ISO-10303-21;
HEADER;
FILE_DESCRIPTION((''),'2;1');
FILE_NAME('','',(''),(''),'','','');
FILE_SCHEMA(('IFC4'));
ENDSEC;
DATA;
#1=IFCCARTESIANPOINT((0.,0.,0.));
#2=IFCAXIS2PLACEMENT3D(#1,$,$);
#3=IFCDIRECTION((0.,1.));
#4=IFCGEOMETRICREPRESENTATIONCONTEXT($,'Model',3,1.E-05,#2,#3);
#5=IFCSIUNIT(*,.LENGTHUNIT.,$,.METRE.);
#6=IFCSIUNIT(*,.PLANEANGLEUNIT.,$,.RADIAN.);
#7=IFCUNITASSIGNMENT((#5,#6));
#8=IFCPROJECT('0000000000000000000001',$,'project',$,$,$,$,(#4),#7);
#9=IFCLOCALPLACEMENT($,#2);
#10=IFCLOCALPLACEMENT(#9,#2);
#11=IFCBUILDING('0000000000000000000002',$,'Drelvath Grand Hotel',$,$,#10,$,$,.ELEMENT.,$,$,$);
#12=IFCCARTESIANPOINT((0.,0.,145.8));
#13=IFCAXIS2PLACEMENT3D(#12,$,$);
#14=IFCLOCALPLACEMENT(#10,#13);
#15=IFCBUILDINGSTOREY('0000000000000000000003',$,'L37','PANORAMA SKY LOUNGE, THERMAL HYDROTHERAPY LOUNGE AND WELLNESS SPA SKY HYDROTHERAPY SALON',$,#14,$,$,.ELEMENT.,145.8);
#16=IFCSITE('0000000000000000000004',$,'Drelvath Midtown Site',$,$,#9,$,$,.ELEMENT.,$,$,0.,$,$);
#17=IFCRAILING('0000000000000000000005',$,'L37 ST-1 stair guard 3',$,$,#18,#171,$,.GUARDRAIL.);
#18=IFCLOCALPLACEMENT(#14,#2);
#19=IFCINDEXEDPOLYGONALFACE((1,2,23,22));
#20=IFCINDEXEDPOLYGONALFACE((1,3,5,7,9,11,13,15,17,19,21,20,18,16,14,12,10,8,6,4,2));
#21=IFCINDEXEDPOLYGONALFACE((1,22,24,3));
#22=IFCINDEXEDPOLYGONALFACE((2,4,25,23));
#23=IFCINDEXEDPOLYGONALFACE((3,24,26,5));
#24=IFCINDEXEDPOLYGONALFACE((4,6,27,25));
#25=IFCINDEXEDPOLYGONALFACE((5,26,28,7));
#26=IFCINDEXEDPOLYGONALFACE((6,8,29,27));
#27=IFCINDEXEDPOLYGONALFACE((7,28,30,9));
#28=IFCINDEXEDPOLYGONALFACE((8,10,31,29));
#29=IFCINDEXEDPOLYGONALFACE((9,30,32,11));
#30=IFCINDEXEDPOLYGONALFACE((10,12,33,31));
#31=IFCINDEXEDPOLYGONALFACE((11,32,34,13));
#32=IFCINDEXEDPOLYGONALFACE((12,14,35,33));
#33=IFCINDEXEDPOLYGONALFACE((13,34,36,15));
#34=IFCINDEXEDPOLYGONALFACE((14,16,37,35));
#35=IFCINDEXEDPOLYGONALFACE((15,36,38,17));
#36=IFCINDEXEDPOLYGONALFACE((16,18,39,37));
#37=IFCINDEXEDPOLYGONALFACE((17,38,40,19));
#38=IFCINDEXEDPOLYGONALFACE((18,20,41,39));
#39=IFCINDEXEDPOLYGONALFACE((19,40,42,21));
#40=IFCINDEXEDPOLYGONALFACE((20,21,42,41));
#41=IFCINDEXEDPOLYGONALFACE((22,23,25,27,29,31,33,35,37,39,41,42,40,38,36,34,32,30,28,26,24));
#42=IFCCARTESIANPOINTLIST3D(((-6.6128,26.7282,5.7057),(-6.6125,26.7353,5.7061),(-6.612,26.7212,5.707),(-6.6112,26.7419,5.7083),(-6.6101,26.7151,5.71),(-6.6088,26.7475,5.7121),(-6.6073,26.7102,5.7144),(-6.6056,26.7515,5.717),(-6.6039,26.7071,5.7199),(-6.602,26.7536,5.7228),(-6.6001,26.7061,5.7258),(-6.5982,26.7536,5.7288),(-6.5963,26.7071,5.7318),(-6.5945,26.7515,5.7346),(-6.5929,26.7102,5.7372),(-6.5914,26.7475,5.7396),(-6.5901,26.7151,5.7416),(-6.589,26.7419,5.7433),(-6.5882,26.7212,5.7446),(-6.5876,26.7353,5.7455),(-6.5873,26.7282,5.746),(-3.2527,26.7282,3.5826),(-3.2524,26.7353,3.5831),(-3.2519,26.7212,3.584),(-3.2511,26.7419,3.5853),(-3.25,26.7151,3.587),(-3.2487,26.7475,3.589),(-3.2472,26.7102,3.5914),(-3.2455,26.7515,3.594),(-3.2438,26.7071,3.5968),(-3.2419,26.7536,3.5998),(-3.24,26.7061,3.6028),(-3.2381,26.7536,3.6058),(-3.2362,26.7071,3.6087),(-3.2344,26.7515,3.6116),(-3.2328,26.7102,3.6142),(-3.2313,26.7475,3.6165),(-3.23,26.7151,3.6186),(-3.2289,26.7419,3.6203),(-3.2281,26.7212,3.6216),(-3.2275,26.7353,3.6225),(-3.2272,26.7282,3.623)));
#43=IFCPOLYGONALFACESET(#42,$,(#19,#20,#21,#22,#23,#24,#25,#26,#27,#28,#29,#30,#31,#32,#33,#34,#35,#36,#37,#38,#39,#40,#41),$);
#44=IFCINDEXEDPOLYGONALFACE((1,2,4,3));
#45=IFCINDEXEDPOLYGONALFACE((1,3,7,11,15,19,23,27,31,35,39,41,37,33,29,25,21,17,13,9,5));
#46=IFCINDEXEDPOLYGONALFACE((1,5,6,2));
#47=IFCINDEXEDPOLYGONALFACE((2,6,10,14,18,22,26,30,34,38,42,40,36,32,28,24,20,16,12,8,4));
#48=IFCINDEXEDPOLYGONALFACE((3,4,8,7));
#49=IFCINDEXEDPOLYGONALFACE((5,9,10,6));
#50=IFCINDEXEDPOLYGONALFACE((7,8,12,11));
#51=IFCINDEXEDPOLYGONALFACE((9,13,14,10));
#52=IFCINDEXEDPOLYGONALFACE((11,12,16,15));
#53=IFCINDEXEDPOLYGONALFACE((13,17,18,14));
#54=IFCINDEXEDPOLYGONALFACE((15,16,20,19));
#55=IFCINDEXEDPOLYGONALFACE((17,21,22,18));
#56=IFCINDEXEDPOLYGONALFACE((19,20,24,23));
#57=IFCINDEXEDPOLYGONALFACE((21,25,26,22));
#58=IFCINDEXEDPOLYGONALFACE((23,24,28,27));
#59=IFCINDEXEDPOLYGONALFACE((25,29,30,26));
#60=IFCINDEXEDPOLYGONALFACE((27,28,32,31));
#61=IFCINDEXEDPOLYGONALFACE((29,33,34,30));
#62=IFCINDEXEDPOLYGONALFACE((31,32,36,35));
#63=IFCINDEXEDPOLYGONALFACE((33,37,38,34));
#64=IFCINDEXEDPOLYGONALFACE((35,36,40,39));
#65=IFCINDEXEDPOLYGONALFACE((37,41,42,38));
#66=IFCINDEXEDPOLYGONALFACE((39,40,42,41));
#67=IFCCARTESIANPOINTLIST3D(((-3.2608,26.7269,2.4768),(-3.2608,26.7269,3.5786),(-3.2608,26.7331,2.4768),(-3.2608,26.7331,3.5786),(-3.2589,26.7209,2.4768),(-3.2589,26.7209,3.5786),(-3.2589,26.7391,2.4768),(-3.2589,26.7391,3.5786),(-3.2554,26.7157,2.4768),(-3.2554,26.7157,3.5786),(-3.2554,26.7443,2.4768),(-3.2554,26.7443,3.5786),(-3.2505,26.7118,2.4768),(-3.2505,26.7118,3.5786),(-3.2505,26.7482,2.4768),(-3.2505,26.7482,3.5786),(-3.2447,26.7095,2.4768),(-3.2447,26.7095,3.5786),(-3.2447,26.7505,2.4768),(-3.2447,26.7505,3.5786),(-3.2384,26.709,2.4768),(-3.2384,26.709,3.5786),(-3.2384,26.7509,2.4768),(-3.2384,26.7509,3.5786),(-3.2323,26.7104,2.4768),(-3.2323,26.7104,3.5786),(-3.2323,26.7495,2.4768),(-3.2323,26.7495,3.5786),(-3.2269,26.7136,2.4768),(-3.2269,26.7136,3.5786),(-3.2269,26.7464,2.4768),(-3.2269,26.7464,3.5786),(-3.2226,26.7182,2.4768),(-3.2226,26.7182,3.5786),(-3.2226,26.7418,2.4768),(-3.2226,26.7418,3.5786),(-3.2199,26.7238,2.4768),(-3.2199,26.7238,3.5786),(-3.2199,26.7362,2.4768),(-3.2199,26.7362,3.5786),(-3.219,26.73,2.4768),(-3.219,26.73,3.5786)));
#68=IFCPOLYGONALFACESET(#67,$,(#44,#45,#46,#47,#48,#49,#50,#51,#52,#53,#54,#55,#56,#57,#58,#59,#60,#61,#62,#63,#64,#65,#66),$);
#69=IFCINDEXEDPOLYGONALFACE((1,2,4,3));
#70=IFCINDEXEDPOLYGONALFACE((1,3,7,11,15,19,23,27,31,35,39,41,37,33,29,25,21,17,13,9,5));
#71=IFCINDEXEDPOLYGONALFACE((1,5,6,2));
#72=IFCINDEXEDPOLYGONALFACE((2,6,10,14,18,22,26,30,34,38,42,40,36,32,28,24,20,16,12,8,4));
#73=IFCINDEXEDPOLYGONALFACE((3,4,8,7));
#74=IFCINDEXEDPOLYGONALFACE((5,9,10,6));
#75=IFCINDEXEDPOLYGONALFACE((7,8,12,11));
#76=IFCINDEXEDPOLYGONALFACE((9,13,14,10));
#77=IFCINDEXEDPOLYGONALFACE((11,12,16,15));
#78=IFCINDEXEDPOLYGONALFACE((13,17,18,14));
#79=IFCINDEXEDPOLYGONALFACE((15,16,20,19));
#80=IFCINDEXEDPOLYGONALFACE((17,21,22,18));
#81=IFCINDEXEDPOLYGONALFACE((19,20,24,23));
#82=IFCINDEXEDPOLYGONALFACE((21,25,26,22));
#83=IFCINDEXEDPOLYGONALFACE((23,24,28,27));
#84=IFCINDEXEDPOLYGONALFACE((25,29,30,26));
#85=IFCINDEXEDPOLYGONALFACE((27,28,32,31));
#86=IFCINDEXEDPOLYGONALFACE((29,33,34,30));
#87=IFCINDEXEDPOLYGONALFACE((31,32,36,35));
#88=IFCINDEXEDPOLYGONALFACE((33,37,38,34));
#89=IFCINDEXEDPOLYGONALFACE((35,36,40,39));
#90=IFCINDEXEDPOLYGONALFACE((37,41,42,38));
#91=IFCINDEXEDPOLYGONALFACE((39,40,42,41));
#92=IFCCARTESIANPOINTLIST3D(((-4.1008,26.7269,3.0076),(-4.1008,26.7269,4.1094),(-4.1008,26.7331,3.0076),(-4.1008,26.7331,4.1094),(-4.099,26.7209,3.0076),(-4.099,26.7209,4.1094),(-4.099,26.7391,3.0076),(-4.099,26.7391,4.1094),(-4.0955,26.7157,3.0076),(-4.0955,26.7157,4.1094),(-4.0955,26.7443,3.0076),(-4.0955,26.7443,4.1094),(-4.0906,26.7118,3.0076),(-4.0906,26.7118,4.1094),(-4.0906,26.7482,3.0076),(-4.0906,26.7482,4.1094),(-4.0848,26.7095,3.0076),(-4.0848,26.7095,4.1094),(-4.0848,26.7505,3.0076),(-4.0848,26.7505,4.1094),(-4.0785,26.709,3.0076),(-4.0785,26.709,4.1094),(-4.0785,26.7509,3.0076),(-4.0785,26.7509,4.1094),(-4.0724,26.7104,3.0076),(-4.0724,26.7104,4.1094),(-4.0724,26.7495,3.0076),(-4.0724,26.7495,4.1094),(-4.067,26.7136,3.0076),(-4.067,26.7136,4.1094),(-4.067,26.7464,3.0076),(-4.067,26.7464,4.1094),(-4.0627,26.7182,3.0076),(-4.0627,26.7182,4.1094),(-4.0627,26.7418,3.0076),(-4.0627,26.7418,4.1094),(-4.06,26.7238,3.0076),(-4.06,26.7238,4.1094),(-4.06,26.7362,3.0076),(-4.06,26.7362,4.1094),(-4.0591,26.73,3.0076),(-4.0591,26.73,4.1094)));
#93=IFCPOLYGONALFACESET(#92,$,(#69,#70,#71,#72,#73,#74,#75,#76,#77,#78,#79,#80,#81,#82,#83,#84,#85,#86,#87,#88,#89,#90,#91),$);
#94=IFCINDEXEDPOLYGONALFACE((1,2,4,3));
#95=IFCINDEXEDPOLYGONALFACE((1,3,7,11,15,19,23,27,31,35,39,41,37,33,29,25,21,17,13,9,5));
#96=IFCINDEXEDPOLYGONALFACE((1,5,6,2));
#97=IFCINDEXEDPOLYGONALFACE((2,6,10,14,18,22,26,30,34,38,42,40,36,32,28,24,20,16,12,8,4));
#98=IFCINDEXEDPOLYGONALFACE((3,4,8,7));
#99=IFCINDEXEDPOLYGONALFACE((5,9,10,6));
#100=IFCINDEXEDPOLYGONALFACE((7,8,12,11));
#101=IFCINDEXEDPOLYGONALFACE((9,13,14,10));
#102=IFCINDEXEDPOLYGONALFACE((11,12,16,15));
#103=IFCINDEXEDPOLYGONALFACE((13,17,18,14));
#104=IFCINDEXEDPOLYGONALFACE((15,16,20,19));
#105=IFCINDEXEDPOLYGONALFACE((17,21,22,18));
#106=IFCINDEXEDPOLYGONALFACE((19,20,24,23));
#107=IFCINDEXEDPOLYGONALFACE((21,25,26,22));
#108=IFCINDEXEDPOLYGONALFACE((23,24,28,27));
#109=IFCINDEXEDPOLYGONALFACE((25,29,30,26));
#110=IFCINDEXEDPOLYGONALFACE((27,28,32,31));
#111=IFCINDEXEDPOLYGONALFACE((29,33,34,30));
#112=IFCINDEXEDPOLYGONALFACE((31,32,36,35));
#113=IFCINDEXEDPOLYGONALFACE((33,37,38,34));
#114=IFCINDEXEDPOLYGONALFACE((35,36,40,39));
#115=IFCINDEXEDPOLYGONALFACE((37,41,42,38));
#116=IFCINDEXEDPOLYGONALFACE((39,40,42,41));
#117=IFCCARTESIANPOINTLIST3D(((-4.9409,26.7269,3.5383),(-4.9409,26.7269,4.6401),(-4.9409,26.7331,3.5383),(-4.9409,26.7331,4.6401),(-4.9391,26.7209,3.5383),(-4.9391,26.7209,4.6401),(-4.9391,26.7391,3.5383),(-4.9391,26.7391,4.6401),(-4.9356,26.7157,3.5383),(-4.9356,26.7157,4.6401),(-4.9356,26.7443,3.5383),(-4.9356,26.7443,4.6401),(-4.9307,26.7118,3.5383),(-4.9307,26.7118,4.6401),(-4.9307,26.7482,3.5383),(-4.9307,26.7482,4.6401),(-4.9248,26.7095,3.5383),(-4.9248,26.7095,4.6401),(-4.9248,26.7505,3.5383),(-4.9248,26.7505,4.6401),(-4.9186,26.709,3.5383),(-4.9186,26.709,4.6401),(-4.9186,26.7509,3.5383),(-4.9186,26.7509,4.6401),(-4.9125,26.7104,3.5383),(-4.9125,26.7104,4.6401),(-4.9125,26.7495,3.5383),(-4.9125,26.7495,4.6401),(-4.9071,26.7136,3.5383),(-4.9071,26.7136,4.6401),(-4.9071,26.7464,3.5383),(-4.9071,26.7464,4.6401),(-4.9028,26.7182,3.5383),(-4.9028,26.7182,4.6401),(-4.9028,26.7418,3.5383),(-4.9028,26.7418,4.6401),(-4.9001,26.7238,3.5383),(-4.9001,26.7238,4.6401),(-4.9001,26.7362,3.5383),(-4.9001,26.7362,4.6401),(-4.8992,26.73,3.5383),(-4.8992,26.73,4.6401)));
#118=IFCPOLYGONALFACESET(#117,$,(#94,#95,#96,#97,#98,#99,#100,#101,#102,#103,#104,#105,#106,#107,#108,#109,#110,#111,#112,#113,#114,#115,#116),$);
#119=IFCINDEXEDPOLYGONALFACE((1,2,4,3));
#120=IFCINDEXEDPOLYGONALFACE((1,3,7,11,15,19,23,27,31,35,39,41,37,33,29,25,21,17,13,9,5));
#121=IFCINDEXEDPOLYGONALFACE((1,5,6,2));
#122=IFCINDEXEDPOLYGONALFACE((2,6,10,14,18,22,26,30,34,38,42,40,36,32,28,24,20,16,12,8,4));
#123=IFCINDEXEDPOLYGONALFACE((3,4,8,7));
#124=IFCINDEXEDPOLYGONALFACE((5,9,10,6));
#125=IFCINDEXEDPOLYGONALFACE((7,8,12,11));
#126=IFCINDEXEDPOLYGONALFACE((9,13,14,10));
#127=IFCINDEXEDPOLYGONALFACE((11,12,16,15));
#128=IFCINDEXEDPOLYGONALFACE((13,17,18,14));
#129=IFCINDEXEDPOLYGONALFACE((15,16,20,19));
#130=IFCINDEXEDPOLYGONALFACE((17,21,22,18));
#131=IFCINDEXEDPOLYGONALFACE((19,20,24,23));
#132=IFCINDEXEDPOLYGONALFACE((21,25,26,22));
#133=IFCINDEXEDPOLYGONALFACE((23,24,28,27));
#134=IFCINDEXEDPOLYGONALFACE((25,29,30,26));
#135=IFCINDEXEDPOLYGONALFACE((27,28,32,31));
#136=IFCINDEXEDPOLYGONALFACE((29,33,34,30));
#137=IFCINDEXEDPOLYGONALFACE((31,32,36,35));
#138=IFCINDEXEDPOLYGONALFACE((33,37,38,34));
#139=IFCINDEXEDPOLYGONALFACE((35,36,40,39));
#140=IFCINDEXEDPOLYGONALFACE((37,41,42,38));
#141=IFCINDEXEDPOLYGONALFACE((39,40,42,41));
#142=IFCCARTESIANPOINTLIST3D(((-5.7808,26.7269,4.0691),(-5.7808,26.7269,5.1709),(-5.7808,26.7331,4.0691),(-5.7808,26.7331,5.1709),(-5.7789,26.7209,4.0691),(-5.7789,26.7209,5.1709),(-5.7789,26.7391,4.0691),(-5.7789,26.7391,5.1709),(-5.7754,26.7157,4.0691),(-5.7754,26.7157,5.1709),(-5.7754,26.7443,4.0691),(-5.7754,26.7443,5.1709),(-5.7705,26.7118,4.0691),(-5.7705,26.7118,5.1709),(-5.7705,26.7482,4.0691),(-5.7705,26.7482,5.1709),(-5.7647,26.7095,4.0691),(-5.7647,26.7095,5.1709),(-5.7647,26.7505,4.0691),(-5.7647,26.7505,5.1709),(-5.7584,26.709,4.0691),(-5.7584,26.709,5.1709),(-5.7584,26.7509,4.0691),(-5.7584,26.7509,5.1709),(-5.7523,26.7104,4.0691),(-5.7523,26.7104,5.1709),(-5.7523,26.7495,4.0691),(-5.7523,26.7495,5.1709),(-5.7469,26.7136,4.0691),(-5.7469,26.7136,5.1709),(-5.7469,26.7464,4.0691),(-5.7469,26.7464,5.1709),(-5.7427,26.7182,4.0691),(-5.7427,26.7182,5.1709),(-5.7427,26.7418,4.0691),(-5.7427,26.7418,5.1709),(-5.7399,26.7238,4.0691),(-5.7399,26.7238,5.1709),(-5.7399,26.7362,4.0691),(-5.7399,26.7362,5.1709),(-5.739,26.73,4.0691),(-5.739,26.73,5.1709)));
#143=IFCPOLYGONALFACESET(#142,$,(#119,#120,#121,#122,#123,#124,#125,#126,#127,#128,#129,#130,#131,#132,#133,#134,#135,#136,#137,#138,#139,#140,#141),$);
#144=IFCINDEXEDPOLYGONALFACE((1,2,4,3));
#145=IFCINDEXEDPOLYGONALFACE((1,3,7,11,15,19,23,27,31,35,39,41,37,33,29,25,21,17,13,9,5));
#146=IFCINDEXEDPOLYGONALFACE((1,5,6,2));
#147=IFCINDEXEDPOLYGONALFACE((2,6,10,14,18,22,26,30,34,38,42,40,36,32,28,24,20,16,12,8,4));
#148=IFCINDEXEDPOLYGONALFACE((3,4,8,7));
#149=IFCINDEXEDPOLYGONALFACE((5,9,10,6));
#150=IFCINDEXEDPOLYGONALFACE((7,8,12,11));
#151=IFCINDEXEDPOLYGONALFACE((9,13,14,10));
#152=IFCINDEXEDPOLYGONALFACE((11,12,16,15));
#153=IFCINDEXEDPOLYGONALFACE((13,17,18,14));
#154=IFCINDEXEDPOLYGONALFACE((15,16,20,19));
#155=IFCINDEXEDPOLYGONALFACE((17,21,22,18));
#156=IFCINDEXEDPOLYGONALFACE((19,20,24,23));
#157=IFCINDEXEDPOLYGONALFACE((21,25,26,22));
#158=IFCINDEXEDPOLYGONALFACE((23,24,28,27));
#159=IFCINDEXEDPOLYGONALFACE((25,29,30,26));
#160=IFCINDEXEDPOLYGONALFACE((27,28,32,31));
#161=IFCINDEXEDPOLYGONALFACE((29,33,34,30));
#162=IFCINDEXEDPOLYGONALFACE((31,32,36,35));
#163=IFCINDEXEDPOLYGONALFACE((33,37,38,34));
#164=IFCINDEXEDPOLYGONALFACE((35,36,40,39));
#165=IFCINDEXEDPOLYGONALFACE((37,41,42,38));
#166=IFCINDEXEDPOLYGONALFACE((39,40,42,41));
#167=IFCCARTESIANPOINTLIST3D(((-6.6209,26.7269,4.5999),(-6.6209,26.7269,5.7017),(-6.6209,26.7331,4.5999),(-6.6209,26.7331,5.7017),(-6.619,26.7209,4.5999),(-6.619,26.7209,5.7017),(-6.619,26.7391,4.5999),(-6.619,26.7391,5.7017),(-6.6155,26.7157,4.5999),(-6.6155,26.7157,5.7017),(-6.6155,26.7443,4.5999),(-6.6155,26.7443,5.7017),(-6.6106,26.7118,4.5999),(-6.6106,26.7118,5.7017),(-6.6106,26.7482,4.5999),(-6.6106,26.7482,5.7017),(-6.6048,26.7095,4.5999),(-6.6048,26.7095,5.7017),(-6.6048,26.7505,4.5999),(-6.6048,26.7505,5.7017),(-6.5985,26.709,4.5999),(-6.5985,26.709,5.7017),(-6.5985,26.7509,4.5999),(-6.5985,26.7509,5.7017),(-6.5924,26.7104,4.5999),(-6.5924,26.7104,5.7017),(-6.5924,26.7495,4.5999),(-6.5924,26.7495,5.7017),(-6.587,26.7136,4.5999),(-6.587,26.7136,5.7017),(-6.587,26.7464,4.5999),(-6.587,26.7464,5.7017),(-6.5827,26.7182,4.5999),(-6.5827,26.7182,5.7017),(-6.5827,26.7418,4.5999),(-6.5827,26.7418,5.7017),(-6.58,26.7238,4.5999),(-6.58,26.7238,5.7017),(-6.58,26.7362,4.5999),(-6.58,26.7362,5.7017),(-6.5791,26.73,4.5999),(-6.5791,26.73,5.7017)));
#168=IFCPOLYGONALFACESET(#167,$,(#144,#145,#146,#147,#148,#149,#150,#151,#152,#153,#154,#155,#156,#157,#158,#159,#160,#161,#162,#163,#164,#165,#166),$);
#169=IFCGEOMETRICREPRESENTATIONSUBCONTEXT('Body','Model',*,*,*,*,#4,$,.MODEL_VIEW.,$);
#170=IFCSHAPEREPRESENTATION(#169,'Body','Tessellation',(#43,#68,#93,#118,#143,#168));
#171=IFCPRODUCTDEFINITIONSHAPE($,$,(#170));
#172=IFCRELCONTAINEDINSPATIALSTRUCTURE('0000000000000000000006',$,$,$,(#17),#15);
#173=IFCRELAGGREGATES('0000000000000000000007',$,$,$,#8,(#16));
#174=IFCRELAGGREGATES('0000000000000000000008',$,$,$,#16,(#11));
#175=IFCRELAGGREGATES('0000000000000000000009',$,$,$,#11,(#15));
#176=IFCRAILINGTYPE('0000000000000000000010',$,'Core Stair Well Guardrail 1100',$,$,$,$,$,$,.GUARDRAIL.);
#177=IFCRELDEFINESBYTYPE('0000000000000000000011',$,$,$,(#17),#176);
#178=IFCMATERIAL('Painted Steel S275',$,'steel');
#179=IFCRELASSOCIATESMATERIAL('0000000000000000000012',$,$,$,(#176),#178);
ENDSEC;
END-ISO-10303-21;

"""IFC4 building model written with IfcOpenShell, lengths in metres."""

from ifc_helpers import new_model, si_unit, direction, frame, origin, origin_2d, place, context, subcontext, project, spatial, circle, extrude, material, type_object, element, save


model = new_model("IFC4")

# Units and contexts
model_context = context("Model", 3, precision=1e-05, world=origin(), true_north=direction((0.0, 1.0)))
body_context = subcontext(model_context, "Body", "Model", "MODEL_VIEW")
ifc_project = project(units=[si_unit("LENGTHUNIT", "METRE"), si_unit("PLANEANGLEUNIT", "RADIAN")], contexts=[model_context])

# Site, building, storey
site_placement = place(None, origin())
site = spatial("IfcSite", under=ifc_project, at=site_placement, Name="Drelvath Midtown Site", CompositionType="ELEMENT", RefElevation=0.0)
building_placement = place(site_placement, origin())
building = spatial("IfcBuilding", under=site, at=building_placement, Name="Drelvath Grand Hotel", CompositionType="ELEMENT")
storey_placement = place(building_placement, frame((0.0, 0.0, 145.8)))
storey = spatial("IfcBuildingStorey", under=building, at=storey_placement, Name="L37", Description="PANORAMA SKY LOUNGE, THERMAL HYDROTHERAPY LOUNGE AND WELLNESS SPA SKY HYDROTHERAPY SALON", CompositionType="ELEMENT", Elevation=145.8)

# Shared definitions
ifc_material_1 = material(Name="Painted Steel S275", Category="steel")

# Railing
railing_type_1 = type_object("IfcRailingType", Name="Core Stair Well Guardrail 1100", PredefinedType="GUARDRAIL", material=ifc_material_1)
railing_1_placement = place(storey_placement, frame((-3.24, 26.73, 2.4768)))
element("IfcRailing", 1, at=railing_1_placement, inside=storey, type_object=railing_type_1, Name="L37 ST-1 stair guard 3", PredefinedType="GUARDRAIL", context=body_context, shape_type="SweptSolid", body=[
    extrude(circle(Radius=0.0239, at=origin_2d()), frame((0.0, 0.0, 1.126), z_axis=(-0.84539, 0.0, 0.53415), x_axis=(0.0, -1.0, 0.0)), (0.0, 0.0, 1.0), 3.9746),
    extrude(circle(Radius=0.021, at=origin_2d()), origin(), (0.0, 0.0, 1.0), 1.1018),
    extrude(circle(Radius=0.021, at=origin_2d()), frame((-0.8401, 0.0, 0.5308)), (0.0, 0.0, 1.0), 1.1018),
    extrude(circle(Radius=0.021, at=origin_2d()), frame((-1.6802, 0.0, 1.0615)), (0.0, 0.0, 1.0), 1.1018),
    extrude(circle(Radius=0.021, at=origin_2d()), frame((-2.52, 0.0, 1.5923)), (0.0, 0.0, 1.0), 1.1018),
    extrude(circle(Radius=0.021, at=origin_2d()), frame((-3.3601, 0.0, 2.123)), (0.0, 0.0, 1.0), 1.1018),
])

save(model, "model.ifc")
